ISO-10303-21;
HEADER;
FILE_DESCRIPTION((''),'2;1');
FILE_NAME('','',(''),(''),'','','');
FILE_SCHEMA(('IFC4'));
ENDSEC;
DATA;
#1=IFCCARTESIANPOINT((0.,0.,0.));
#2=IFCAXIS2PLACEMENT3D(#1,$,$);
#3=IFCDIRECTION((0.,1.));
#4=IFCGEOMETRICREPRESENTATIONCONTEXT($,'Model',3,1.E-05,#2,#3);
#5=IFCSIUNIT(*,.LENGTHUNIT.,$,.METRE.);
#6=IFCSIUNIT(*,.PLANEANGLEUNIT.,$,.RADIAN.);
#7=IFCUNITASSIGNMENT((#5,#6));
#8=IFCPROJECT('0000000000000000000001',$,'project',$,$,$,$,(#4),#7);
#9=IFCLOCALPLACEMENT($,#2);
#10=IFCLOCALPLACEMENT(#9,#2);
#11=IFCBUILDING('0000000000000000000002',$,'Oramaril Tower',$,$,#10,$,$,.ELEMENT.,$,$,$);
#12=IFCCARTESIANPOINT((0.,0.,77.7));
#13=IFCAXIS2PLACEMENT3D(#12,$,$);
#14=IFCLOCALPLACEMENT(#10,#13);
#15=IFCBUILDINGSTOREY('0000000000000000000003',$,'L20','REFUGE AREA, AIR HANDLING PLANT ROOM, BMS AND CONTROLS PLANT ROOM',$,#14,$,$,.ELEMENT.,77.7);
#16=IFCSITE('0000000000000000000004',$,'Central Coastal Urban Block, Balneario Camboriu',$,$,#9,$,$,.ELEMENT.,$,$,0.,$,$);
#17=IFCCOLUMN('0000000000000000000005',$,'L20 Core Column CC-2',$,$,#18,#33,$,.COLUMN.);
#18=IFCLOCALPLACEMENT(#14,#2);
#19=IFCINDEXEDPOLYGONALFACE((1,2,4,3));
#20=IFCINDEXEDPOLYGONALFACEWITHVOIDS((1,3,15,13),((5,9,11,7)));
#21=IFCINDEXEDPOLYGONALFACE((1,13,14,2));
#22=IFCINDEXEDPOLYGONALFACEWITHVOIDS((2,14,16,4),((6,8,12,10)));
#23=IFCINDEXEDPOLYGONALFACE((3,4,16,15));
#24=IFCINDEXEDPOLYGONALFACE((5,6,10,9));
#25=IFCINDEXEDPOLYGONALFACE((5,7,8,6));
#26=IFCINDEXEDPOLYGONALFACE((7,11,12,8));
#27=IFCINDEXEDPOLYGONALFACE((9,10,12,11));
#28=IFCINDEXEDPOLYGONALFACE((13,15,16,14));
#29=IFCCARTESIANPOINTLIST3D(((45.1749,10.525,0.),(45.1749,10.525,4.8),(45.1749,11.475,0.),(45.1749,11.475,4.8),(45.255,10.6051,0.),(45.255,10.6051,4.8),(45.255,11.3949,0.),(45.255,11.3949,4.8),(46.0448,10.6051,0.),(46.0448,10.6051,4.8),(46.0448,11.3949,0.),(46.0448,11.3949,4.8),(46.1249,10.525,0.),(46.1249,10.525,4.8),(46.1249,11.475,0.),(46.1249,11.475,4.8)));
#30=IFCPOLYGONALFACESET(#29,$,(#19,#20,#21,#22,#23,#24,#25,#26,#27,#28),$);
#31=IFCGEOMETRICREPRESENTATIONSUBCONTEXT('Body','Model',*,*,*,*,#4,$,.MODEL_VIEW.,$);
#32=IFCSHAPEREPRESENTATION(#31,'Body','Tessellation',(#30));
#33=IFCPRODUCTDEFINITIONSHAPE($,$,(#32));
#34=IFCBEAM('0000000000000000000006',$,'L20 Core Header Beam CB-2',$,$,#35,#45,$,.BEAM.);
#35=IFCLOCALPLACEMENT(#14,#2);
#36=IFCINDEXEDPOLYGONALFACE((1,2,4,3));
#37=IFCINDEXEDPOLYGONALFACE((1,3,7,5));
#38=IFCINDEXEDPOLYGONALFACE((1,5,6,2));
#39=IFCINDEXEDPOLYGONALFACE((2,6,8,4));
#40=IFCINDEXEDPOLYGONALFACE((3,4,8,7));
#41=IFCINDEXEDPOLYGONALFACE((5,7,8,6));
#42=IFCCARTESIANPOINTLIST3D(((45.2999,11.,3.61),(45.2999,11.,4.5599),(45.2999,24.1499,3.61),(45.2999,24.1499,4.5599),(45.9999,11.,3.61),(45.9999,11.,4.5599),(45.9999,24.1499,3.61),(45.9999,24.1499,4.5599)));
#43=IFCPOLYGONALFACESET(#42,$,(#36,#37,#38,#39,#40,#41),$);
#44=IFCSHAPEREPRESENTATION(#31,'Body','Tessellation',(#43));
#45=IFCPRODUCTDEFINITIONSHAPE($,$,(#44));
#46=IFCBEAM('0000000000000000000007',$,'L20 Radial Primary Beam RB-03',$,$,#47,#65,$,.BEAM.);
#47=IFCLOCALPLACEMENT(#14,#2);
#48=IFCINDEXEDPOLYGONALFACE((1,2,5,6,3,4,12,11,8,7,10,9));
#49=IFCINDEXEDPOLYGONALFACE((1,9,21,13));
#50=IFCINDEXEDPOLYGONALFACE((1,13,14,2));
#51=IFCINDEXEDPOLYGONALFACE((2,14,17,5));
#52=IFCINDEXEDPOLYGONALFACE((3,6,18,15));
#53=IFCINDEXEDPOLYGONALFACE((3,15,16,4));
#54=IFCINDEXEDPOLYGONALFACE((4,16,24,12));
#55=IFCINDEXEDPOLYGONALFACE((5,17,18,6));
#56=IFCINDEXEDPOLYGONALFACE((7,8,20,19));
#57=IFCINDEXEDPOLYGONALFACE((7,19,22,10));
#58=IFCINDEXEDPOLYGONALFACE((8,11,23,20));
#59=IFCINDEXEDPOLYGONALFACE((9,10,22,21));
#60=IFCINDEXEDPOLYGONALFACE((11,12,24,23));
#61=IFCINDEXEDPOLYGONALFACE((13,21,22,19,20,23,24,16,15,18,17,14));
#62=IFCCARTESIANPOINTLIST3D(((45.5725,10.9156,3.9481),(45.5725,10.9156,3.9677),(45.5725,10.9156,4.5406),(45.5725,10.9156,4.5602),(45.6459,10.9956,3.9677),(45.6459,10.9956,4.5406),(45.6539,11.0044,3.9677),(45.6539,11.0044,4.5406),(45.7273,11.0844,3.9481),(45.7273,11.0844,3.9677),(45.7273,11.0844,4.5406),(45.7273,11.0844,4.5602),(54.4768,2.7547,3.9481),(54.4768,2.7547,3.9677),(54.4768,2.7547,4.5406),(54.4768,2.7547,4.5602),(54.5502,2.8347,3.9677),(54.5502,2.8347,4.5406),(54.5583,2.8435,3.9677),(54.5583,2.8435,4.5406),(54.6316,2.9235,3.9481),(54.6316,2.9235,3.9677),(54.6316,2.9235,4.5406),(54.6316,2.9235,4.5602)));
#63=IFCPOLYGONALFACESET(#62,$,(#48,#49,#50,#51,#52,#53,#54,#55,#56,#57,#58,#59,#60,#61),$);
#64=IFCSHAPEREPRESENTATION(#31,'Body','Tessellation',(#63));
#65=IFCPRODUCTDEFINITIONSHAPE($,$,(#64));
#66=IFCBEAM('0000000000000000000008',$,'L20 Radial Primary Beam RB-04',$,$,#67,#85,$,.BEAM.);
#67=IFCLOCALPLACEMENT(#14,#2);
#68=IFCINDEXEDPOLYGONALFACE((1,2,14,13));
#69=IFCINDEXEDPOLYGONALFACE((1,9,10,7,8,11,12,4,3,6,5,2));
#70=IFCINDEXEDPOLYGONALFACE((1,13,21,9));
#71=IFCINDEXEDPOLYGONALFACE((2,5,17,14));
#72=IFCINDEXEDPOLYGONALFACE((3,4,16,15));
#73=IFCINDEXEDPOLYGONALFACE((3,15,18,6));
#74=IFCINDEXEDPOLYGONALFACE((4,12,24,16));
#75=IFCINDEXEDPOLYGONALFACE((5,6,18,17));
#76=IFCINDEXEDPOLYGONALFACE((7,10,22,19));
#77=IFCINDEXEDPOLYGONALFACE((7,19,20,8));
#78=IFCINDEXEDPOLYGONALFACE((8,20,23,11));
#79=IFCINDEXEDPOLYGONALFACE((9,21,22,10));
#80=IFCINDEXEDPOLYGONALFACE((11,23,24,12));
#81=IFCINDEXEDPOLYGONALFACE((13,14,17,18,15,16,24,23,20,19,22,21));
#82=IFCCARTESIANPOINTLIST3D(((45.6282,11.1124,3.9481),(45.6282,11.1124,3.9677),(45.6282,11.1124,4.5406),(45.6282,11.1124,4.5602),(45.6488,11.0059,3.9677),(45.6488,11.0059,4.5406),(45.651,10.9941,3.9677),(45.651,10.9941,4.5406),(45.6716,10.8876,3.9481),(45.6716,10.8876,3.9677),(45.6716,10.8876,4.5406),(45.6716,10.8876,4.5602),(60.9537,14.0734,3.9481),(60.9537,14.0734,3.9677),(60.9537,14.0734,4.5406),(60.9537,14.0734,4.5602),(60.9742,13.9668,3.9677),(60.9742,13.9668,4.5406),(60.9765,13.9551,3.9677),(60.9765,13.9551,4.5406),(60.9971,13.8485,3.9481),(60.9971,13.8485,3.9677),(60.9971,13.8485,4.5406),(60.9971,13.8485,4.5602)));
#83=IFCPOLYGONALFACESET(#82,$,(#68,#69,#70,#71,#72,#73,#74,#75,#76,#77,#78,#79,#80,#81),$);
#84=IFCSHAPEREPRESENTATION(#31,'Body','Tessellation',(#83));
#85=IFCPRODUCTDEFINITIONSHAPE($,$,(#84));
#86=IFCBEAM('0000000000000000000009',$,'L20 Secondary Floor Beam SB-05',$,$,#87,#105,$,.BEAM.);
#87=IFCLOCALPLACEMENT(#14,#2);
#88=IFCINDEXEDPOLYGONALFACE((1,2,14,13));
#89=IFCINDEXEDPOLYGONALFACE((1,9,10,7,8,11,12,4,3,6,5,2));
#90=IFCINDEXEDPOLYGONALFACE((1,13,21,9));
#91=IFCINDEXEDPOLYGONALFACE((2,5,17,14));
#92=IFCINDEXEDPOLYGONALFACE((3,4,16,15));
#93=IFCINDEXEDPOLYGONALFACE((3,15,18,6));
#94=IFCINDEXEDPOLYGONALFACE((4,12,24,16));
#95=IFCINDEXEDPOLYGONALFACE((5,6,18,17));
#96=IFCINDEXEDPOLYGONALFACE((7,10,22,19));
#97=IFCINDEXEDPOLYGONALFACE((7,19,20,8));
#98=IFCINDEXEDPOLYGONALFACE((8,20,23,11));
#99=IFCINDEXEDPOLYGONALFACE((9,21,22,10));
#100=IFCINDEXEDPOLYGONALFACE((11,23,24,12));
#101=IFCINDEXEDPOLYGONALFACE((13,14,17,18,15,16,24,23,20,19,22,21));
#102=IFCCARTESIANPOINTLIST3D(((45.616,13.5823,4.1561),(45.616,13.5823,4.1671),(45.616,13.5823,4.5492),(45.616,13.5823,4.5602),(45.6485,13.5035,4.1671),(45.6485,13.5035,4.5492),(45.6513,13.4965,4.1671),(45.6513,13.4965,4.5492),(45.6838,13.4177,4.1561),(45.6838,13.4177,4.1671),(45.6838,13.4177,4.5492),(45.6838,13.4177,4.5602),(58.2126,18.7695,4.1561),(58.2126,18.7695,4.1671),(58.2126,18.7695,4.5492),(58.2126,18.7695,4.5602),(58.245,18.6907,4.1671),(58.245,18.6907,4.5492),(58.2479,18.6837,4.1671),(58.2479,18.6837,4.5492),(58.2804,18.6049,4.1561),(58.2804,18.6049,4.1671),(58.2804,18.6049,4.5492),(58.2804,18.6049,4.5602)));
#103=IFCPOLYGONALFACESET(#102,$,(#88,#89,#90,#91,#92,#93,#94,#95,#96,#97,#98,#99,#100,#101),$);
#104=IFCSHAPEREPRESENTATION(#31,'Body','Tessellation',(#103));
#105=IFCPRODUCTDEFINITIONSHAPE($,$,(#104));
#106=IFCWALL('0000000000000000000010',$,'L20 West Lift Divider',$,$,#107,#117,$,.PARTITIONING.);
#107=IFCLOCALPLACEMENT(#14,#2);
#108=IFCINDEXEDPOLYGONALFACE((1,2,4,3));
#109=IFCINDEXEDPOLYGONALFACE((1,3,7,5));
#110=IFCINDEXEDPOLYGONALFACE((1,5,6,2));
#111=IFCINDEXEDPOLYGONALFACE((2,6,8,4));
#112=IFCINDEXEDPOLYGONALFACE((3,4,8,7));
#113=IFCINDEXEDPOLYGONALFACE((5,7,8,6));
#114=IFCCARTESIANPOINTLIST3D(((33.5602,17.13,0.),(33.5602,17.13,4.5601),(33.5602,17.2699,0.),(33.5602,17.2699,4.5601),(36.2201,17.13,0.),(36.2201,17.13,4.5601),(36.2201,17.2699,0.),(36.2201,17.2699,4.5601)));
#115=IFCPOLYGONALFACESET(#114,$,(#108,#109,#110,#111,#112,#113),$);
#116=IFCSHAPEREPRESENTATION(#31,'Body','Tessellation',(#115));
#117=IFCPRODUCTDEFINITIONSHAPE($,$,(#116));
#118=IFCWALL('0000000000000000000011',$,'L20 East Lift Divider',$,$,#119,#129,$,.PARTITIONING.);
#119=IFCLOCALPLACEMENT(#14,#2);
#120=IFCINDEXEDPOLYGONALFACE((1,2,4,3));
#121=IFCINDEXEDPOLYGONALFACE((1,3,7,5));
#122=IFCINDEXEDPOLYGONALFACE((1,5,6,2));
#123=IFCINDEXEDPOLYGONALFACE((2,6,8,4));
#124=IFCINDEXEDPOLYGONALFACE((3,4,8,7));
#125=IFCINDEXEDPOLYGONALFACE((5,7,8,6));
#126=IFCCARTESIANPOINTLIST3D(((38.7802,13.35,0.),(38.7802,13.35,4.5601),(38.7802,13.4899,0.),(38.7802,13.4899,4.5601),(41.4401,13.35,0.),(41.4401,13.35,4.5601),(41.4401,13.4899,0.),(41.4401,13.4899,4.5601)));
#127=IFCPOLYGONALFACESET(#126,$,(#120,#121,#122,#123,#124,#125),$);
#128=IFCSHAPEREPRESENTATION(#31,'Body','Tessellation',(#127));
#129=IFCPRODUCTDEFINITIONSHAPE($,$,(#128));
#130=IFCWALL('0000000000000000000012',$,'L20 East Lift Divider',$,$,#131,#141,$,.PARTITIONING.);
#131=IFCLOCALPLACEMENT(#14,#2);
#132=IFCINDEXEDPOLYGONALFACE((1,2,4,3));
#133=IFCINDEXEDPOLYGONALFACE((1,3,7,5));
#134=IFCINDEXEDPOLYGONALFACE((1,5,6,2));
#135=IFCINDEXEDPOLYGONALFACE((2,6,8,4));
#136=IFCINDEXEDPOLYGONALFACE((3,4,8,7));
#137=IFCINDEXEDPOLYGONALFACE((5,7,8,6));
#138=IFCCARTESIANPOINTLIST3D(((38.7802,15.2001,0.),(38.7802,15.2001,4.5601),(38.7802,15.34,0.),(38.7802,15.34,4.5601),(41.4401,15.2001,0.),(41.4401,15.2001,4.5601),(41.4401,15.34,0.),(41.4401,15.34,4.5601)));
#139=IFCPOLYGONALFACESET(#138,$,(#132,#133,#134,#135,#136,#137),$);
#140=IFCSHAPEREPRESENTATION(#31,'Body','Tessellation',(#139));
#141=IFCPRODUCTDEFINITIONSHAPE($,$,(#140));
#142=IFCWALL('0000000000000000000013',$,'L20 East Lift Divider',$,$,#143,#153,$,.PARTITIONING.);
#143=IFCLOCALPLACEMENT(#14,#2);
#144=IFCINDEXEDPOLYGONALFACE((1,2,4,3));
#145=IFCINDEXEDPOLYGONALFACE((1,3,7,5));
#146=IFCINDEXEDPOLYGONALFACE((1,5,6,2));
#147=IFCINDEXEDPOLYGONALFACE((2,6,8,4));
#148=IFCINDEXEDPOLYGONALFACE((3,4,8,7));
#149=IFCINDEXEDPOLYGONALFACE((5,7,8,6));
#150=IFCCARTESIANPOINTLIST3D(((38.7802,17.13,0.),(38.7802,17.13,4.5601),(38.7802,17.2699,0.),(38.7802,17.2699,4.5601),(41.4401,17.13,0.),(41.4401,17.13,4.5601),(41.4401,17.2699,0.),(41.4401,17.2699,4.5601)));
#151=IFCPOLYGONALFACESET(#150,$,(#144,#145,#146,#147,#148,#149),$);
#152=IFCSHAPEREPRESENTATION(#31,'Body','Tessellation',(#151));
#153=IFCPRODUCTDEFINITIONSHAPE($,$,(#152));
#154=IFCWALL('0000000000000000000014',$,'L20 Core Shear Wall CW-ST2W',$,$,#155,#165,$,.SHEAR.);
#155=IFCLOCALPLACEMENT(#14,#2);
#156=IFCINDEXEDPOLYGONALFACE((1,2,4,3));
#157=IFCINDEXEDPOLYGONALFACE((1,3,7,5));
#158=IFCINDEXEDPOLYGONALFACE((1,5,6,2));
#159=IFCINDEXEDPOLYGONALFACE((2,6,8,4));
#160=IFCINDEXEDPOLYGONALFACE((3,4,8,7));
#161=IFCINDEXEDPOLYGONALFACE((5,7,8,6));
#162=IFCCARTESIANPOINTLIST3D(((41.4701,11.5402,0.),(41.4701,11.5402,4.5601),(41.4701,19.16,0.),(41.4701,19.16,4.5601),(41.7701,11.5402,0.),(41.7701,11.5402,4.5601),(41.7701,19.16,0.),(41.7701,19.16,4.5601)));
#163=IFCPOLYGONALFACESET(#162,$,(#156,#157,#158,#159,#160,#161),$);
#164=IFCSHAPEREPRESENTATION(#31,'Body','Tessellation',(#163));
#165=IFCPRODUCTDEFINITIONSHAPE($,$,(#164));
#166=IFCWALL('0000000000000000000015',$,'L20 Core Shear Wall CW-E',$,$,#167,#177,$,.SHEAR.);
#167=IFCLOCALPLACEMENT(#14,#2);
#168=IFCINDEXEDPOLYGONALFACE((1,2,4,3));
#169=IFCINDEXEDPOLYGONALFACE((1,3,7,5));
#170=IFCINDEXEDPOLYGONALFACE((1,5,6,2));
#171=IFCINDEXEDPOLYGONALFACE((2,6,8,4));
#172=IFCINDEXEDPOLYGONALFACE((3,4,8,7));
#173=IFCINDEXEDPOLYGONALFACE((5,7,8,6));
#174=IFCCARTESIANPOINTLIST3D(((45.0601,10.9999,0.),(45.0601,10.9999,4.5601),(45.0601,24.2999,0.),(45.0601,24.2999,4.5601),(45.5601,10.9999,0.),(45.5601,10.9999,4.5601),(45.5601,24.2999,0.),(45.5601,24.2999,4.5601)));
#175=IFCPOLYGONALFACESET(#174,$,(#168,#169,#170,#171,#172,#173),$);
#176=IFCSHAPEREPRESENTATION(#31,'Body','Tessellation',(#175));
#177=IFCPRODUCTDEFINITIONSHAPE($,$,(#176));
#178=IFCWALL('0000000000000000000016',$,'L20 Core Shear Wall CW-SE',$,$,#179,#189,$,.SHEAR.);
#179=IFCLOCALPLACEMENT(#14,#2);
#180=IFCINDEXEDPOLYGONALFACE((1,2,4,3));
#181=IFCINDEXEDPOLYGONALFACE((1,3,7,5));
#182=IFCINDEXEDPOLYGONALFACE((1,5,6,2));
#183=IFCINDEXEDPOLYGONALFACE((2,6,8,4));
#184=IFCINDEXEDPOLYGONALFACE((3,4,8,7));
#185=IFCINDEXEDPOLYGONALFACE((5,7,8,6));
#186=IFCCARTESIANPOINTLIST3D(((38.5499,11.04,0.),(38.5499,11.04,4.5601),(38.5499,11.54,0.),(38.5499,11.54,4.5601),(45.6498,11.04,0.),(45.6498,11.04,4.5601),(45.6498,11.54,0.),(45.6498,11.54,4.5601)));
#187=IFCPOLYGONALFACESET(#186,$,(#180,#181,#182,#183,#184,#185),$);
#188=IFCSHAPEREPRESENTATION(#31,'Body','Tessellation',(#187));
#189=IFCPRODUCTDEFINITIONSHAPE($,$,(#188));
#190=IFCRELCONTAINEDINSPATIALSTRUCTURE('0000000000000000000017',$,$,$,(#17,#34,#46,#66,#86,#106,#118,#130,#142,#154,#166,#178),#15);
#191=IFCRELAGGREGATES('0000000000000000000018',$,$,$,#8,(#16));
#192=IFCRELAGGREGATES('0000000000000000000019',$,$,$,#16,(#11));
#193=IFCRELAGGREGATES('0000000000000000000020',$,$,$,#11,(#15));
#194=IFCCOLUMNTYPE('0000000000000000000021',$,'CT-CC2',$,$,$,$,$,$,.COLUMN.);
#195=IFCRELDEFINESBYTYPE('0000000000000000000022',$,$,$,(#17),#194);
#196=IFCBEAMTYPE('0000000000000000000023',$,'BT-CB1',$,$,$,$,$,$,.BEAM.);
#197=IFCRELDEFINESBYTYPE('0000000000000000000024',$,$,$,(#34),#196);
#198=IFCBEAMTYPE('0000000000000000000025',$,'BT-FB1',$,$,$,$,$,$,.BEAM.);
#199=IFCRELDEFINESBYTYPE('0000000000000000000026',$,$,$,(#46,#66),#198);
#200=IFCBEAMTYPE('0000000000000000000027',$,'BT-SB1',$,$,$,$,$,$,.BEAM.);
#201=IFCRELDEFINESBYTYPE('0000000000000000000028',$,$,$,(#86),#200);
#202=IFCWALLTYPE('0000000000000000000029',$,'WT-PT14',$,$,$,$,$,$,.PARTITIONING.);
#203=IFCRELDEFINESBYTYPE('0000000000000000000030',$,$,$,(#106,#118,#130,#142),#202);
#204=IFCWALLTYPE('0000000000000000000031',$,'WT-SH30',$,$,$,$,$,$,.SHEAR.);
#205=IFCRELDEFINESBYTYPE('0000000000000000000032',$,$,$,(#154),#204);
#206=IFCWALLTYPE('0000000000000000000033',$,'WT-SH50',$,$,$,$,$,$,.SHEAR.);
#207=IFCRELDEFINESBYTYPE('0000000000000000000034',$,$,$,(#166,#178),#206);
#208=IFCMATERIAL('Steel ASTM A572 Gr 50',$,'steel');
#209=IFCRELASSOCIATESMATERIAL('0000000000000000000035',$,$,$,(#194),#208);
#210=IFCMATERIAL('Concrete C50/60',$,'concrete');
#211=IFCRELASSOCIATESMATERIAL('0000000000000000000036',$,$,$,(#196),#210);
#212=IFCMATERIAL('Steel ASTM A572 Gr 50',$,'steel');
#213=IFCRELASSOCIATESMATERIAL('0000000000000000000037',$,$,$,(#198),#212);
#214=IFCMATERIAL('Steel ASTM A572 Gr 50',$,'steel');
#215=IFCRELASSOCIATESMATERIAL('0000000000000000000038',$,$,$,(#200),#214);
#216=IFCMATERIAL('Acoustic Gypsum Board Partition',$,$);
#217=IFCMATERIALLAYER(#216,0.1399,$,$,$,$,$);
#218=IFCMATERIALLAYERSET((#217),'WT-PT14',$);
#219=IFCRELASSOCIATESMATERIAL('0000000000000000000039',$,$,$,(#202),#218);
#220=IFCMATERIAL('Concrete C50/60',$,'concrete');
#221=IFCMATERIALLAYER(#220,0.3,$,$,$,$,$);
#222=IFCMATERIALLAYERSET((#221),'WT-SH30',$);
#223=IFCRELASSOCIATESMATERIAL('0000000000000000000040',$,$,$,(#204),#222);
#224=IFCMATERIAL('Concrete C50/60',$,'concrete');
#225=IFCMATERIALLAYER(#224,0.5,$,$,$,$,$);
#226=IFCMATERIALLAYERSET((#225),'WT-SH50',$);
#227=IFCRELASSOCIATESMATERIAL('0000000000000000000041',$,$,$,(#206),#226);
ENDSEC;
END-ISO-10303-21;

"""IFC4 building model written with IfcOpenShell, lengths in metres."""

from ifc_helpers import new_model, si_unit, direction, frame, frame_2d, origin, origin_2d, place, context, subcontext, project, spatial, rectangle, hollow_rectangle, i_section, extrude, material, layer, layer_set, material_profile, profile_set, type_object, element, save


model = new_model("IFC4")

# Units and contexts
model_context = context("Model", 3, precision=1e-05, world=origin(), true_north=direction((0.0, 1.0)))
body_context = subcontext(model_context, "Body", "Model", "MODEL_VIEW")
ifc_project = project(units=[si_unit("LENGTHUNIT", "METRE"), si_unit("PLANEANGLEUNIT", "RADIAN")], contexts=[model_context])

# Site, building, storey
site_placement = place(None, origin())
site = spatial("IfcSite", under=ifc_project, at=site_placement, Name="Central Coastal Urban Block, Balneario Camboriu", CompositionType="ELEMENT", RefElevation=0.0)
building_placement = place(site_placement, origin())
building = spatial("IfcBuilding", under=site, at=building_placement, Name="Oramaril Tower", CompositionType="ELEMENT")
storey_placement = place(building_placement, frame((0.0, 0.0, 77.7)))
storey = spatial("IfcBuildingStorey", under=building, at=storey_placement, Name="L20", Description="REFUGE AREA, AIR HANDLING PLANT ROOM, BMS AND CONTROLS PLANT ROOM", CompositionType="ELEMENT", Elevation=77.7)

# Column
ifc_material_1 = material(Name="Steel ASTM A572 Gr 50", Category="steel")
ifc_material_profile_1 = material_profile(ifc_material_1, hollow_rectangle(XDim=0.95, YDim=0.95, WallThickness=0.0801, at=origin_2d()), Name="BOX950X950X80")
ifc_profile_set_1 = profile_set([ifc_material_profile_1], Name="Steel ASTM A572 Gr 50")
column_type = type_object("IfcColumnType", Name="CT-CC2", PredefinedType="COLUMN", material=ifc_profile_set_1)
column_placement = place(storey_placement, frame((45.6499, 11.0, 0.0), z_axis=(0.0, 0.0, 1.0), x_axis=(1.0, 0.0, 0.0)))
element("IfcColumn", 1, at=column_placement, inside=storey, type_object=column_type, Name="L20 Core Column CC-2", PredefinedType="COLUMN", context=body_context, shape_type="SweptSolid", body=[
    extrude(hollow_rectangle(XDim=0.95, YDim=0.95, WallThickness=0.0801, at=origin_2d()), origin(), (0.0, 0.0, 1.0), 4.8),
])

# Beams
ifc_material_2 = material(Name="Concrete C50/60", Category="concrete")
ifc_material_profile_2 = material_profile(ifc_material_2, rectangle(XDim=0.7, YDim=0.95, at=origin_2d()), Name="CB700X950")
ifc_profile_set_2 = profile_set([ifc_material_profile_2], Name="Concrete C50/60")
beam_type_1 = type_object("IfcBeamType", Name="BT-CB1", PredefinedType="BEAM", material=ifc_profile_set_2)
beam_1_placement = place(storey_placement, frame((45.6499, 11.0, 4.085), z_axis=(0.0, 1.0, 0.0), x_axis=(-1.0, 0.0, 0.0)))
element("IfcBeam", 2, at=beam_1_placement, inside=storey, type_object=beam_type_1, Name="L20 Core Header Beam CB-2", PredefinedType="BEAM", context=body_context, shape_type="SweptSolid", body=[
    extrude(rectangle(XDim=0.7, YDim=0.95, at=origin_2d()), origin(), (0.0, 0.0, 1.0), 13.1499),
])
ifc_material_3 = material(Name="Steel ASTM A572 Gr 50", Category="steel")
ifc_material_profile_3 = material_profile(ifc_material_3, i_section(OverallWidth=0.229, OverallDepth=0.6121, WebThickness=0.012, FlangeThickness=0.0195, at=origin_2d()), Name="W24X84")
ifc_profile_set_3 = profile_set([ifc_material_profile_3], Name="Steel ASTM A572 Gr 50")
beam_type_2 = type_object("IfcBeamType", Name="BT-FB1", PredefinedType="BEAM", material=ifc_profile_set_3)
beam_2_placement = place(storey_placement, frame((45.6499, 11.0, 4.2542), z_axis=(0.737211, -0.675662, 0.0), x_axis=(0.675662, 0.737211, 0.0)))
element("IfcBeam", 3, at=beam_2_placement, inside=storey, type_object=beam_type_2, Name="L20 Radial Primary Beam RB-03", PredefinedType="BEAM", context=body_context, shape_type="SweptSolid", body=[
    extrude(i_section(OverallWidth=0.229, OverallDepth=0.6121, WebThickness=0.012, FlangeThickness=0.0195, at=origin_2d()), origin(), (0.0, 0.0, 1.0), 12.0784),
])
beam_3_placement = place(storey_placement, frame((45.6499, 11.0, 4.2542), z_axis=(0.981843, 0.189696, 0.0), x_axis=(-0.189696, 0.981843, 0.0)))
element("IfcBeam", 4, at=beam_3_placement, inside=storey, type_object=beam_type_2, Name="L20 Radial Primary Beam RB-04", PredefinedType="BEAM", context=body_context, shape_type="SweptSolid", body=[
    extrude(i_section(OverallWidth=0.229, OverallDepth=0.6121, WebThickness=0.012, FlangeThickness=0.0195, at=origin_2d()), origin(), (0.0, 0.0, 1.0), 15.6089),
])
ifc_material_4 = material(Name="Steel ASTM A572 Gr 50", Category="steel")
ifc_material_profile_4 = material_profile(ifc_material_4, i_section(OverallWidth=0.178, OverallDepth=0.4041, WebThickness=0.0076, FlangeThickness=0.011, at=origin_2d()), Name="W16X36")
ifc_profile_set_4 = profile_set([ifc_material_profile_4], Name="Steel ASTM A572 Gr 50")
beam_type_3 = type_object("IfcBeamType", Name="BT-SB1", PredefinedType="BEAM", material=ifc_profile_set_4)
beam_4_placement = place(storey_placement, frame((45.6499, 13.5, 4.3582), z_axis=(0.924668, 0.380774, 0.0), x_axis=(-0.380774, 0.924668, 0.0)))
element("IfcBeam", 5, at=beam_4_placement, inside=storey, type_object=beam_type_3, Name="L20 Secondary Floor Beam SB-05", PredefinedType="BEAM", context=body_context, shape_type="SweptSolid", body=[
    extrude(i_section(OverallWidth=0.178, OverallDepth=0.4041, WebThickness=0.0076, FlangeThickness=0.011, at=origin_2d()), origin(), (0.0, 0.0, 1.0), 13.6228),
])

# Walls
ifc_material_5 = material(Name="Acoustic Gypsum Board Partition")
ifc_layer_1 = layer(ifc_material_5, 0.1399)
ifc_layer_set_1 = layer_set([ifc_layer_1], Name="WT-PT14")
wall_type_1 = type_object("IfcWallType", Name="WT-PT14", PredefinedType="PARTITIONING", material=ifc_layer_set_1)
for number, where, z_axis, x_axis, name in (
    (6, (33.5601, 17.2, 0.0), (0.0, 0.0, 1.0), (1.0, 0.0, 0.0), "L20 West Lift Divider"),
    (7, (38.78, 13.4199, 0.0), (0.0, 0.0, 1.0), (1.0, 0.0, 0.0), "L20 East Lift Divider"),
    (8, (38.78, 15.27, 0.0), (0.0, 0.0, 1.0), (1.0, 0.0, 0.0), "L20 East Lift Divider"),
    (9, (38.78, 17.2, 0.0), (0.0, 0.0, 1.0), (1.0, 0.0, 0.0), "L20 East Lift Divider"),
):
    element("IfcWall", number, at=place(storey_placement, frame(where, z_axis=z_axis, x_axis=x_axis)), inside=storey, type_object=wall_type_1, Name=name, PredefinedType="PARTITIONING", context=body_context, shape_type="SweptSolid", body=[
        extrude(rectangle(XDim=2.6599, YDim=0.1399, at=frame_2d((1.3301, 0.0))), origin(), (0.0, 0.0, 1.0), 4.5601),
    ])
ifc_material_6 = material(Name="Concrete C50/60", Category="concrete")
ifc_layer_2 = layer(ifc_material_6, 0.3)
ifc_layer_set_2 = layer_set([ifc_layer_2], Name="WT-SH30")
wall_type_2 = type_object("IfcWallType", Name="WT-SH30", PredefinedType="SHEAR", material=ifc_layer_set_2)
wall_1_placement = place(storey_placement, frame((41.6201, 11.54, 0.0), z_axis=(0.0, 0.0, 1.0), x_axis=(0.0, 1.0, 0.0)))
element("IfcWall", 10, at=wall_1_placement, inside=storey, type_object=wall_type_2, Name="L20 Core Shear Wall CW-ST2W", PredefinedType="SHEAR", context=body_context, shape_type="SweptSolid", body=[
    extrude(rectangle(XDim=7.6199, YDim=0.3, at=frame_2d((3.8101, 0.0))), origin(), (0.0, 0.0, 1.0), 4.5601),
])
ifc_material_7 = material(Name="Concrete C50/60", Category="concrete")
ifc_layer_3 = layer(ifc_material_7, 0.5)
ifc_layer_set_3 = layer_set([ifc_layer_3], Name="WT-SH50")
wall_type_3 = type_object("IfcWallType", Name="WT-SH50", PredefinedType="SHEAR", material=ifc_layer_set_3)
wall_2_placement = place(storey_placement, frame((45.3101, 11.0, 0.0), z_axis=(0.0, 0.0, 1.0), x_axis=(0.0, 1.0, 0.0)))
element("IfcWall", 11, at=wall_2_placement, inside=storey, type_object=wall_type_3, Name="L20 Core Shear Wall CW-E", PredefinedType="SHEAR", context=body_context, shape_type="SweptSolid", body=[
    extrude(rectangle(XDim=13.3, YDim=0.5, at=frame_2d((6.6499, 0.0))), origin(), (0.0, 0.0, 1.0), 4.5601),
])
wall_3_placement = place(storey_placement, frame((38.55, 11.29, 0.0), z_axis=(0.0, 0.0, 1.0), x_axis=(1.0, 0.0, 0.0)))
element("IfcWall", 12, at=wall_3_placement, inside=storey, type_object=wall_type_3, Name="L20 Core Shear Wall CW-SE", PredefinedType="SHEAR", context=body_context, shape_type="SweptSolid", body=[
    extrude(rectangle(XDim=7.0999, YDim=0.5, at=frame_2d((3.5498, 0.0))), origin(), (0.0, 0.0, 1.0), 4.5601),
])

save(model, "model.ifc")
